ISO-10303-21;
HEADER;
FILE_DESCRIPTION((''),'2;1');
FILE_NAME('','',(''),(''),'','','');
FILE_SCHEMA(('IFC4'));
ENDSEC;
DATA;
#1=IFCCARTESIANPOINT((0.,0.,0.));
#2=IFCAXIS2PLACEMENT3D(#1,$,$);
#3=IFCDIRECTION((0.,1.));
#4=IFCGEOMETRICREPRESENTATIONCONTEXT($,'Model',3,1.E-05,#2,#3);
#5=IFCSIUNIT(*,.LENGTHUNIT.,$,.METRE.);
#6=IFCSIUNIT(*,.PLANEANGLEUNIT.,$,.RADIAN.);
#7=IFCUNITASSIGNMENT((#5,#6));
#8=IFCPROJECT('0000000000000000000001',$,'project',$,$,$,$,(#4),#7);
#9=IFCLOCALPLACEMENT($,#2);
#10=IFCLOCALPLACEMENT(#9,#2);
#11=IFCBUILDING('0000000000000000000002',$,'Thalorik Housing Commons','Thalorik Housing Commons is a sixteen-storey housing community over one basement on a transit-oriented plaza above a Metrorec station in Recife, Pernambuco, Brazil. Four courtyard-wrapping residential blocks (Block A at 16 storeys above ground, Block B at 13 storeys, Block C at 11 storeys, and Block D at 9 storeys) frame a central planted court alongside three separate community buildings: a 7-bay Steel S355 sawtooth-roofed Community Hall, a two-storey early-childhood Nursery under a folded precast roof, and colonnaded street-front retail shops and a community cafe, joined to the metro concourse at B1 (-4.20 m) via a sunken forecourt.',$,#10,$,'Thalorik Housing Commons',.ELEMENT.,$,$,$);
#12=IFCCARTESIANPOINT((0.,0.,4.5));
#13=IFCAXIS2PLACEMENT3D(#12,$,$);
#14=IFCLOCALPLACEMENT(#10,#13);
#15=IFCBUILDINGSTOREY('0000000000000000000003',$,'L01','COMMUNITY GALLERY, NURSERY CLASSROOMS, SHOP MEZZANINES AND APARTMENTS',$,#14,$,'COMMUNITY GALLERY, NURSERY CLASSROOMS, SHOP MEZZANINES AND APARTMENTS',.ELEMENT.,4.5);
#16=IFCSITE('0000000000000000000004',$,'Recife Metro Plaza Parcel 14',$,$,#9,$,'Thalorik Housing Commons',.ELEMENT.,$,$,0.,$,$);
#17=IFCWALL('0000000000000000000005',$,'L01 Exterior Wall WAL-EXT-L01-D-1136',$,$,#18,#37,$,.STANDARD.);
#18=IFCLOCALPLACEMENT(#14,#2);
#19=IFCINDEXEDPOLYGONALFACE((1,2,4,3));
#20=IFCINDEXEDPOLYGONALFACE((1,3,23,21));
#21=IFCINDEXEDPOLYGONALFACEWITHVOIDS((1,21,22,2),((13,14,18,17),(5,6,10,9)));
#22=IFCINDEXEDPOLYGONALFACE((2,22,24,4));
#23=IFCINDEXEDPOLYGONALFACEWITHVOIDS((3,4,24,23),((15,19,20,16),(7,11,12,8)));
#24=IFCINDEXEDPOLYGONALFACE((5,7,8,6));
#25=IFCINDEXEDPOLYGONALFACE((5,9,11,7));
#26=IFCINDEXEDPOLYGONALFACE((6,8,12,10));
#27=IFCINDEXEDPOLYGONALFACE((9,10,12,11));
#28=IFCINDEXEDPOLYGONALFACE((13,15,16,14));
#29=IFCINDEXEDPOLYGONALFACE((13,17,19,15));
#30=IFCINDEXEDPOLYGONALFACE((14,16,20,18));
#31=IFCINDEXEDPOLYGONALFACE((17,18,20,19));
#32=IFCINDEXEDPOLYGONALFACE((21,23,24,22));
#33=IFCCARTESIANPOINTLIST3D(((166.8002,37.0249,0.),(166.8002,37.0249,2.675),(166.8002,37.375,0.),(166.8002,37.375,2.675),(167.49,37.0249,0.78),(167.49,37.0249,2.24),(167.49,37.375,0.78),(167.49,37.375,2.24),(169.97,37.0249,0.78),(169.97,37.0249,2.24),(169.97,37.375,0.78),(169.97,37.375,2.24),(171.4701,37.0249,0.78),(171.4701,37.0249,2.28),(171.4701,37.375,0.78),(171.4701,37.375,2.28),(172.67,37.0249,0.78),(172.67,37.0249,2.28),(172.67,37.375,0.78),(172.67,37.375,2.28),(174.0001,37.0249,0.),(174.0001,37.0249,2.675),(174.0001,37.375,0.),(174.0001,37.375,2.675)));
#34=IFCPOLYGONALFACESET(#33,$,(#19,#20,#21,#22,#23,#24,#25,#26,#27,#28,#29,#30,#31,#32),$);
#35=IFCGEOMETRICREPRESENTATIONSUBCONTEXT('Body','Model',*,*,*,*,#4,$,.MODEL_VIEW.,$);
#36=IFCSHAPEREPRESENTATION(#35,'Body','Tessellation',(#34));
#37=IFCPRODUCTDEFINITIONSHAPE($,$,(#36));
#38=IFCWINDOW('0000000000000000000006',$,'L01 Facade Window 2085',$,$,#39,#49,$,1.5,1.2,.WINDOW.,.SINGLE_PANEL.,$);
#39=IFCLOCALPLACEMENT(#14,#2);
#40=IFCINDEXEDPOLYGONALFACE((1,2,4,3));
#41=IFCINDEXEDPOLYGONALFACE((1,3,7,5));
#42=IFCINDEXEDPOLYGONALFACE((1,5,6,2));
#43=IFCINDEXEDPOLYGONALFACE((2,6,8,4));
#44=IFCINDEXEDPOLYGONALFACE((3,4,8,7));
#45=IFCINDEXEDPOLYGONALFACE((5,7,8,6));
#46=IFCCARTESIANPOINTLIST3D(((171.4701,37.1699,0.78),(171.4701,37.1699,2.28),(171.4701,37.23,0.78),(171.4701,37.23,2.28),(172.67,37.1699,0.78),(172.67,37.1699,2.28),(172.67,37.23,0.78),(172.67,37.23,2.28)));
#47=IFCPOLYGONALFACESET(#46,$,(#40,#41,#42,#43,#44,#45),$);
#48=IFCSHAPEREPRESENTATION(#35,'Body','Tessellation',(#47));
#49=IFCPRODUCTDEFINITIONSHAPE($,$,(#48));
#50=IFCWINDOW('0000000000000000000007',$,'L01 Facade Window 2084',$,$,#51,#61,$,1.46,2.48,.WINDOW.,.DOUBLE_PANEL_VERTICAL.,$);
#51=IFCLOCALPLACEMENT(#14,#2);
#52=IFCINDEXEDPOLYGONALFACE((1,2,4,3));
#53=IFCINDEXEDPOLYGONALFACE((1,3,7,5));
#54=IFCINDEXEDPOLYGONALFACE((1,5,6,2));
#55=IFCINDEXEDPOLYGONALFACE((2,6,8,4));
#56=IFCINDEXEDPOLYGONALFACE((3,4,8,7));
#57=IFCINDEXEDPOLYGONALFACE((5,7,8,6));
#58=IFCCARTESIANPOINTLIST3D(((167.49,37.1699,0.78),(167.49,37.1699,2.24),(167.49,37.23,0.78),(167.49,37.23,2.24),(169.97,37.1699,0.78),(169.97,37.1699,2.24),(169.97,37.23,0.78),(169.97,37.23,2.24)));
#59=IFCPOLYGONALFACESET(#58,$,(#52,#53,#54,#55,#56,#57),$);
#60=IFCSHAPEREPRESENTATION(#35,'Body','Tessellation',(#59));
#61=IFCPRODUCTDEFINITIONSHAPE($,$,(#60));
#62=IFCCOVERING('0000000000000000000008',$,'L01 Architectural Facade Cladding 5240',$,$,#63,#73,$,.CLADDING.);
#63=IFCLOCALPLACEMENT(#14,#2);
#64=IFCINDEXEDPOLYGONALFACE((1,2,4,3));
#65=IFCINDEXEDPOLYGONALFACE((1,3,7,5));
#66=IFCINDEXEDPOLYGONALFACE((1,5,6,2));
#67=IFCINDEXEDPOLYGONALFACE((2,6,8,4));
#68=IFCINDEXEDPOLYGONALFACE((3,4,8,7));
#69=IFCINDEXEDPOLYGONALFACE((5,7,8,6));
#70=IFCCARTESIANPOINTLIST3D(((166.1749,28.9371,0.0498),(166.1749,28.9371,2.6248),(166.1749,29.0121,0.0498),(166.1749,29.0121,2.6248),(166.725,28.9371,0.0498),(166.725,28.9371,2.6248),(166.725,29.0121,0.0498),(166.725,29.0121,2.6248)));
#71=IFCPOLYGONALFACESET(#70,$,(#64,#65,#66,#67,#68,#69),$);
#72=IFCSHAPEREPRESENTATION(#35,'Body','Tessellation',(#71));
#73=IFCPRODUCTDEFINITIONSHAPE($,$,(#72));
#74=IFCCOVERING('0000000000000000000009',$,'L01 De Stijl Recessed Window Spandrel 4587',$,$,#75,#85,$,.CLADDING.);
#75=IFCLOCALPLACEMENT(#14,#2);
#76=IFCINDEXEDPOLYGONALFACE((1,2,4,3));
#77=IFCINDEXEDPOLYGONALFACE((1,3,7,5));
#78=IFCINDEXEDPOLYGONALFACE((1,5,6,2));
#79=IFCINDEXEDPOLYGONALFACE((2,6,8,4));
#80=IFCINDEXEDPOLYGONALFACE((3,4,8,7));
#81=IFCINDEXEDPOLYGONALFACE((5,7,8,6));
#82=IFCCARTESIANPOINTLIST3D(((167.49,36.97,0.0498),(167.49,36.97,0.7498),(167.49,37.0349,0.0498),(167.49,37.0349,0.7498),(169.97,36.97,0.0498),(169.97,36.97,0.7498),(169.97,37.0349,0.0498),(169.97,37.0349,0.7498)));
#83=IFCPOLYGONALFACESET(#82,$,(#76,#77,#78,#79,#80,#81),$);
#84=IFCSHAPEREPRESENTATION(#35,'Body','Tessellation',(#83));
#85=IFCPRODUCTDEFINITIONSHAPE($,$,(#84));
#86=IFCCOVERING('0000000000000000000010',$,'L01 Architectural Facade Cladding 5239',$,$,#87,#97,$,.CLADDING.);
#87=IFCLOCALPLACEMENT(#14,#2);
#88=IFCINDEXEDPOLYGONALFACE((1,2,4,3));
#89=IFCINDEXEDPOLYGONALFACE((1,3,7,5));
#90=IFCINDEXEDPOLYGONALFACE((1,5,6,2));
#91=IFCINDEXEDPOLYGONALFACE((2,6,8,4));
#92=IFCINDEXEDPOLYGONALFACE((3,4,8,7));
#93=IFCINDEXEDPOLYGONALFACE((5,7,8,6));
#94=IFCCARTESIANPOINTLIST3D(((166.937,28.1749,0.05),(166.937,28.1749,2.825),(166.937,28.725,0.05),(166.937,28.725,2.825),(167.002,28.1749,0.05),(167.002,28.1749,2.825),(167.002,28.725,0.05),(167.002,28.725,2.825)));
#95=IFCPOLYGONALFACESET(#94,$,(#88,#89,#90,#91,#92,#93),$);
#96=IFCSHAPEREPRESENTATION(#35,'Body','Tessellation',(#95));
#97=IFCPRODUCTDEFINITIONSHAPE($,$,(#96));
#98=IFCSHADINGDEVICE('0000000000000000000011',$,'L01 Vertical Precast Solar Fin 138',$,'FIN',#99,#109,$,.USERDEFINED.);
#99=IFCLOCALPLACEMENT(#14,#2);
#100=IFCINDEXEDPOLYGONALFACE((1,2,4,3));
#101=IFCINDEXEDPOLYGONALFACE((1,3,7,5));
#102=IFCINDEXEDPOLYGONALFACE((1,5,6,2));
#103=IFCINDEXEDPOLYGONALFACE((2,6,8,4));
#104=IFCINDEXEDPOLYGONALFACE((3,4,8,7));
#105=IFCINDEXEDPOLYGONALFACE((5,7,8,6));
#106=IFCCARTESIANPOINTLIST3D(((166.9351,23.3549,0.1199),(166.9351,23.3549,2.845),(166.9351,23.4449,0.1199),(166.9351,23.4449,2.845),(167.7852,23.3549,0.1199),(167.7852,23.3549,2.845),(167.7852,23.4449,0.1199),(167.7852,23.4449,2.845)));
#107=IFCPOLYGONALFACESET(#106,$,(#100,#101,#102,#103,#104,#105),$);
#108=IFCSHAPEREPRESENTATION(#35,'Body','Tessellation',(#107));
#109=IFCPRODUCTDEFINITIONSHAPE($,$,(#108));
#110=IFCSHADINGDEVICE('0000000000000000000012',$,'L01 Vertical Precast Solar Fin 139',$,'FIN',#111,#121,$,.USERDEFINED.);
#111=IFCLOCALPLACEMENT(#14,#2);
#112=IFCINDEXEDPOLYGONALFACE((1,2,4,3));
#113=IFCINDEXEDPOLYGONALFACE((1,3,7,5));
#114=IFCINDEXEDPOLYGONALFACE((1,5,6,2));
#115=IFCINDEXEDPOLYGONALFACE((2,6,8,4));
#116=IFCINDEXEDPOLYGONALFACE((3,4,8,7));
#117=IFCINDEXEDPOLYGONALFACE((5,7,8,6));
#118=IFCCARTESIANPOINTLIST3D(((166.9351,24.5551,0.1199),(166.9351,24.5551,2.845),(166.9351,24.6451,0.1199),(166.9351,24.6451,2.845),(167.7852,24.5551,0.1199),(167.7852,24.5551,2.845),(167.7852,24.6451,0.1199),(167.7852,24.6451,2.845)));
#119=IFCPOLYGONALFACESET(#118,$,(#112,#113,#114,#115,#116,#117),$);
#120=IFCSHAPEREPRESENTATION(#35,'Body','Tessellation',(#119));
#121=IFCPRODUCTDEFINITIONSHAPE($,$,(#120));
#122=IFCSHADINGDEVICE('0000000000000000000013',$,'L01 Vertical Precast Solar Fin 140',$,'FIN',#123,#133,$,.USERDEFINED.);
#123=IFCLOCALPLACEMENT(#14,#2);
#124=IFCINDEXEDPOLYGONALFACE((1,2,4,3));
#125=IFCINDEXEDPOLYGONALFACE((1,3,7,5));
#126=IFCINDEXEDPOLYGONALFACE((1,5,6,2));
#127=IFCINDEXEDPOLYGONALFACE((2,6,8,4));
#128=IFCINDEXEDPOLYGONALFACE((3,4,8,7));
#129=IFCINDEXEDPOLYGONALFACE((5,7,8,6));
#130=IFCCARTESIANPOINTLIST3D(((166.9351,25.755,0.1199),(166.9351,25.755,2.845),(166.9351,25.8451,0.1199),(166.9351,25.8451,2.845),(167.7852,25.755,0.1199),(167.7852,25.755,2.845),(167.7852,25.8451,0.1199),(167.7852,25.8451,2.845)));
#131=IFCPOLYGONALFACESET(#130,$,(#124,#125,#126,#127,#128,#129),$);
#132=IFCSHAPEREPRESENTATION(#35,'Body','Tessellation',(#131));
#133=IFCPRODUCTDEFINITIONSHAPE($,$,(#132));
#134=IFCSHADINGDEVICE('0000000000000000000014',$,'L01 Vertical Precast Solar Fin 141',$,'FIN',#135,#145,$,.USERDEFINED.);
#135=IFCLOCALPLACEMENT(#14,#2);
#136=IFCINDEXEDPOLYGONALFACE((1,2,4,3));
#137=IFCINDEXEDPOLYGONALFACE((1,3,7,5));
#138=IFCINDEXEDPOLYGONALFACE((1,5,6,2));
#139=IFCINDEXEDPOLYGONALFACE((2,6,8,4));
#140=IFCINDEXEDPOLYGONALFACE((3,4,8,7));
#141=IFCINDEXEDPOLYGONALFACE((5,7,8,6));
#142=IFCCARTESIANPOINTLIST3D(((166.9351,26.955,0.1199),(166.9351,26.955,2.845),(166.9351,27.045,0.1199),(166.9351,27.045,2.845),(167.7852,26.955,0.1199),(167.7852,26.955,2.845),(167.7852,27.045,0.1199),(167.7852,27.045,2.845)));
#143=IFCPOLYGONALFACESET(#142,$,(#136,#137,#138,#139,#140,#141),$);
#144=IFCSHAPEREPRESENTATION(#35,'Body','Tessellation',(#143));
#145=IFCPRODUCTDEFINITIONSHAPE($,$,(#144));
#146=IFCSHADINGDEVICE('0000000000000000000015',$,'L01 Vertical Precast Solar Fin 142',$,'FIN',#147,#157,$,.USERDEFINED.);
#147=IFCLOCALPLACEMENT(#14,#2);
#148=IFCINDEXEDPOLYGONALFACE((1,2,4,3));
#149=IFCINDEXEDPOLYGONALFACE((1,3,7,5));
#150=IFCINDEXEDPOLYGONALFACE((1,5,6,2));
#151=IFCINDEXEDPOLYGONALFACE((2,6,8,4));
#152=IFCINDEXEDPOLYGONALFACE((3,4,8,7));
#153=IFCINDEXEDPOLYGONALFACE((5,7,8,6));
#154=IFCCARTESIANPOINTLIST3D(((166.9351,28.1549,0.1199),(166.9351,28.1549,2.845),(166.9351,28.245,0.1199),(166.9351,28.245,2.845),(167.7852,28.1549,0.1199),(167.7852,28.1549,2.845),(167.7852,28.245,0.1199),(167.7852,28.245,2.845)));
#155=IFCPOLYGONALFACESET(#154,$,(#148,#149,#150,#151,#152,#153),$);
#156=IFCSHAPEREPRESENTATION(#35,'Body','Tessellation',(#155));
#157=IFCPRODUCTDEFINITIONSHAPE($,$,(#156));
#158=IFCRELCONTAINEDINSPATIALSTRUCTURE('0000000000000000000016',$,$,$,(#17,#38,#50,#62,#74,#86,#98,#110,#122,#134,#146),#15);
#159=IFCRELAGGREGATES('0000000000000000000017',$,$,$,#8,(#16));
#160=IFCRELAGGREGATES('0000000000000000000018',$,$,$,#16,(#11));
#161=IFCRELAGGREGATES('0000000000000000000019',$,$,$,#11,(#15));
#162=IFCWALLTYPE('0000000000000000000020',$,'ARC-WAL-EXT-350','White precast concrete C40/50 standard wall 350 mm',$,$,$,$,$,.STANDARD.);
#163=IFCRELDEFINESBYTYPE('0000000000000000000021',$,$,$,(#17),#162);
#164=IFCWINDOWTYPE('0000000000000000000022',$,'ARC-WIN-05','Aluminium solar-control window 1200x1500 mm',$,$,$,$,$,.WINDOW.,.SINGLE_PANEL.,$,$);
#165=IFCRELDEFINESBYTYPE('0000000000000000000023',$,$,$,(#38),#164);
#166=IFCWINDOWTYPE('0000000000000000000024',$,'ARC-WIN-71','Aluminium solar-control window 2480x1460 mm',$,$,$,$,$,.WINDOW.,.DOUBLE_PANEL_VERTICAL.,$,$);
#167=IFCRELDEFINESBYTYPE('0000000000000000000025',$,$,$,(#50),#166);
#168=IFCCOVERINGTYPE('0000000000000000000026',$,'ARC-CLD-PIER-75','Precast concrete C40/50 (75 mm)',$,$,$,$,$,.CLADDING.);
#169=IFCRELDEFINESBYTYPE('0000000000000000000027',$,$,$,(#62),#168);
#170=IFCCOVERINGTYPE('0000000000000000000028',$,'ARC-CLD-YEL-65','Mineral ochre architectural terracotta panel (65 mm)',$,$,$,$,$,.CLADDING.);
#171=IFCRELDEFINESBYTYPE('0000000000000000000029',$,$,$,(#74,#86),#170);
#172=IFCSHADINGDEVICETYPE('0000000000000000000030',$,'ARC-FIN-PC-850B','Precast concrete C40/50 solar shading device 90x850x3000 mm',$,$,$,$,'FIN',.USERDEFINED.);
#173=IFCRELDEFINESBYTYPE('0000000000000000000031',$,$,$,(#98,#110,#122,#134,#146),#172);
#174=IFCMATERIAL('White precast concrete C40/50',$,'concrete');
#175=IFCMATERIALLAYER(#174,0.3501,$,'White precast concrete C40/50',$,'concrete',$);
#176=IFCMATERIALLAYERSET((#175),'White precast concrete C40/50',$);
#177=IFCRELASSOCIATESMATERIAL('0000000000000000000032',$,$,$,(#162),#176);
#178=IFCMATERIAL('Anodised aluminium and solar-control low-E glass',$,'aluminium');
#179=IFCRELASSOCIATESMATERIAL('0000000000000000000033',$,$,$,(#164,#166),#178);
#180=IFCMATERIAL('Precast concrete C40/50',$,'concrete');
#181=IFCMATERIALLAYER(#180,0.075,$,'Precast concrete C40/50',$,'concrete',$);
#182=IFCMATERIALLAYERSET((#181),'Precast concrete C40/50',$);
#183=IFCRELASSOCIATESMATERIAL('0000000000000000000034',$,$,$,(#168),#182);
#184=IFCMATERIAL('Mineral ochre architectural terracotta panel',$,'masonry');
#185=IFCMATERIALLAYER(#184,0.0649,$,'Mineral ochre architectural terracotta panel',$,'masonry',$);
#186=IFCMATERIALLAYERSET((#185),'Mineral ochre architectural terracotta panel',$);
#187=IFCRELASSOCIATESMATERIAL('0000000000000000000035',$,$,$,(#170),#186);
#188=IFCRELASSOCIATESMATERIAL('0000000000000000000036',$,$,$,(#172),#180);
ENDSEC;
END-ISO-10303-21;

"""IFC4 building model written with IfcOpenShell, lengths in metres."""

from ifc_helpers import new_model, si_unit, direction, frame, frame_2d, origin, origin_2d, place, context, subcontext, project, spatial, rectangle, extrude, material, layer, layer_set, type_object, element, fill, save


model = new_model("IFC4")

# Units and contexts
model_context = context("Model", 3, precision=1e-05, world=origin(), true_north=direction((0.0, 1.0)))
body_context = subcontext(model_context, "Body", "Model", "MODEL_VIEW")
ifc_project = project(units=[si_unit("LENGTHUNIT", "METRE"), si_unit("PLANEANGLEUNIT", "RADIAN")], contexts=[model_context])

# Site, building, storey
site_placement = place(None, origin())
site = spatial("IfcSite", under=ifc_project, at=site_placement, Name="Recife Metro Plaza Parcel 14", LongName="Thalorik Housing Commons", CompositionType="ELEMENT", RefElevation=0.0)
building_placement = place(site_placement, origin())
building = spatial("IfcBuilding", under=site, at=building_placement, Name="Thalorik Housing Commons", Description="Thalorik Housing Commons is a sixteen-storey housing community over one basement on a transit-oriented plaza above a Metrorec station in Recife, Pernambuco, Brazil. Four courtyard-wrapping residential blocks (Block A at 16 storeys above ground, Block B at 13 storeys, Block C at 11 storeys, and Block D at 9 storeys) frame a central planted court alongside three separate community buildings: a 7-bay Steel S355 sawtooth-roofed Community Hall, a two-storey early-childhood Nursery under a folded precast roof, and colonnaded street-front retail shops and a community cafe, joined to the metro concourse at B1 (-4.20 m) via a sunken forecourt.", LongName="Thalorik Housing Commons", CompositionType="ELEMENT")
storey_placement = place(building_placement, frame((0.0, 0.0, 4.5)))
storey = spatial("IfcBuildingStorey", under=building, at=storey_placement, Name="L01", Description="COMMUNITY GALLERY, NURSERY CLASSROOMS, SHOP MEZZANINES AND APARTMENTS", LongName="COMMUNITY GALLERY, NURSERY CLASSROOMS, SHOP MEZZANINES AND APARTMENTS", CompositionType="ELEMENT", Elevation=4.5)

# Shared definitions
ifc_material_1 = material(Name="Precast concrete C40/50", Category="concrete")

# Shared definitions
ifc_material_2 = material(Name="Anodised aluminium and solar-control low-E glass", Category="aluminium")

# Shared definitions
ifc_material_3 = material(Name="White precast concrete C40/50", Category="concrete")

# Shared definitions
ifc_layer_1 = layer(ifc_material_3, 0.3501, Name="White precast concrete C40/50", Category="concrete")
ifc_layer_set_1 = layer_set([ifc_layer_1], Name="White precast concrete C40/50")
wall_type_1 = type_object("IfcWallType", Name="ARC-WAL-EXT-350", Description="White precast concrete C40/50 standard wall 350 mm", PredefinedType="STANDARD", material=ifc_layer_set_1)

# Wall, openings, windows
wall_1_placement = place(storey_placement, frame((166.8, 37.2, 0.0), z_axis=(0.0, 0.0, 1.0), x_axis=(1.0, 0.0, 0.0)))
wall_1 = element("IfcWall", 1, at=wall_1_placement, inside=storey, type_object=wall_type_1, Name="L01 Exterior Wall WAL-EXT-L01-D-1136", PredefinedType="STANDARD", context=body_context, shape_type="SweptSolid", body=[
    extrude(rectangle(XDim=7.2, YDim=0.3501, at=frame_2d((3.6001, 0.0))), origin(), (0.0, 0.0, 1.0), 2.675),
])
opening_1_placement = place(wall_1_placement, frame((0.6899, 0.0, 0.78)))
opening_1 = element("IfcOpeningElement", 2, at=opening_1_placement, cuts=wall_1, PredefinedType="OPENING", context=body_context, shape_type="SweptSolid", body=[
    extrude(rectangle(XDim=2.48, YDim=1.46, at=frame_2d((1.24, 0.73))), frame((0.0, 0.1851, 0.0), z_axis=(0.0, -1.0, 0.0), x_axis=(1.0, 0.0, 0.0)), (0.0, 0.0, 1.0), 0.3701),
])
opening_2_placement = place(wall_1_placement, frame((4.6699, 0.0, 0.78)))
opening_2 = element("IfcOpeningElement", 3, at=opening_2_placement, cuts=wall_1, PredefinedType="OPENING", context=body_context, shape_type="SweptSolid", body=[
    extrude(rectangle(XDim=1.2, YDim=1.5, at=frame_2d((0.6001, 0.75))), frame((0.0, 0.1851, 0.0), z_axis=(0.0, -1.0, 0.0), x_axis=(1.0, 0.0, 0.0)), (0.0, 0.0, 1.0), 0.3701),
])
window_type_1 = type_object("IfcWindowType", Name="ARC-WIN-05", Description="Aluminium solar-control window 1200x1500 mm", PartitioningType="SINGLE_PANEL", PredefinedType="WINDOW", material=ifc_material_2)
window_1_placement = place(opening_2_placement, origin())
window_1 = element("IfcWindow", 4, at=window_1_placement, inside=storey, type_object=window_type_1, Name="L01 Facade Window 2085", OverallHeight=1.5, OverallWidth=1.2, PartitioningType="SINGLE_PANEL", PredefinedType="WINDOW", context=body_context, shape_type="SweptSolid", body=[
    extrude(rectangle(XDim=1.2, YDim=1.5, at=frame_2d((0.6001, 0.75))), frame((0.0, 0.03, 0.0), z_axis=(0.0, -1.0, 0.0), x_axis=(1.0, 0.0, 0.0)), (0.0, 0.0, 1.0), 0.0601),
])
fill(opening_2, window_1)
window_type_2 = type_object("IfcWindowType", Name="ARC-WIN-71", Description="Aluminium solar-control window 2480x1460 mm", PartitioningType="DOUBLE_PANEL_VERTICAL", PredefinedType="WINDOW", material=ifc_material_2)
window_2_placement = place(opening_1_placement, origin())
window_2 = element("IfcWindow", 5, at=window_2_placement, inside=storey, type_object=window_type_2, Name="L01 Facade Window 2084", OverallHeight=1.46, OverallWidth=2.48, PartitioningType="DOUBLE_PANEL_VERTICAL", PredefinedType="WINDOW", context=body_context, shape_type="SweptSolid", body=[
    extrude(rectangle(XDim=2.48, YDim=1.46, at=frame_2d((1.24, 0.73))), frame((0.0, 0.03, 0.0), z_axis=(0.0, -1.0, 0.0), x_axis=(1.0, 0.0, 0.0)), (0.0, 0.0, 1.0), 0.0601),
])
fill(opening_1, window_2)

# Coverings
ifc_layer_2 = layer(ifc_material_1, 0.075, Name="Precast concrete C40/50", Category="concrete")
ifc_layer_set_2 = layer_set([ifc_layer_2], Name="Precast concrete C40/50")
covering_type_1 = type_object("IfcCoveringType", Name="ARC-CLD-PIER-75", Description="Precast concrete C40/50 (75 mm)", PredefinedType="CLADDING", material=ifc_layer_set_2)
covering_1_placement = place(storey_placement, frame((166.45, 28.9746, 0.0498), z_axis=(0.0, 0.0, 1.0), x_axis=(-1.0, 0.0, 0.0)))
element("IfcCovering", 6, at=covering_1_placement, inside=storey, type_object=covering_type_1, Name="L01 Architectural Facade Cladding 5240", PredefinedType="CLADDING", context=body_context, shape_type="SweptSolid", body=[
    extrude(rectangle(XDim=0.55, YDim=0.075, at=origin_2d()), origin(), (0.0, 0.0, 1.0), 2.575),
])
ifc_material_4 = material(Name="Mineral ochre architectural terracotta panel", Category="masonry")
ifc_layer_3 = layer(ifc_material_4, 0.0649, Name="Mineral ochre architectural terracotta panel", Category="masonry")
ifc_layer_set_3 = layer_set([ifc_layer_3], Name="Mineral ochre architectural terracotta panel")
covering_type_2 = type_object("IfcCoveringType", Name="ARC-CLD-YEL-65", Description="Mineral ochre architectural terracotta panel (65 mm)", PredefinedType="CLADDING", material=ifc_layer_set_3)
covering_2_placement = place(storey_placement, frame((168.73, 37.0024, 0.0498), z_axis=(0.0, 0.0, 1.0), x_axis=(1.0, 0.0, 0.0)))
element("IfcCovering", 7, at=covering_2_placement, inside=storey, type_object=covering_type_2, Name="L01 De Stijl Recessed Window Spandrel 4587", PredefinedType="CLADDING", context=body_context, shape_type="SweptSolid", body=[
    extrude(rectangle(XDim=2.48, YDim=0.0649, at=origin_2d()), origin(), (0.0, 0.0, 1.0), 0.7),
])
covering_3_placement = place(storey_placement, frame((166.9695, 28.45, 0.05), z_axis=(0.0, 0.0, 1.0), x_axis=(0.0, 1.0, 0.0)))
element("IfcCovering", 8, at=covering_3_placement, inside=storey, type_object=covering_type_2, Name="L01 Architectural Facade Cladding 5239", PredefinedType="CLADDING", context=body_context, shape_type="SweptSolid", body=[
    extrude(rectangle(XDim=0.55, YDim=0.0649, at=origin_2d()), origin(), (0.0, 0.0, 1.0), 2.7749),
])

# Shading devices
shading_device_type = type_object("IfcShadingDeviceType", Name="ARC-FIN-PC-850B", Description="Precast concrete C40/50 solar shading device 90x850x3000 mm", ElementType="FIN", PredefinedType="USERDEFINED", material=ifc_material_1)
for number, where, z_axis, x_axis, name in (
    (9, (167.3601, 23.3999, 0.1199), (0.0, 0.0, 1.0), (0.0, 1.0, 0.0), "L01 Vertical Precast Solar Fin 138"),
    (10, (167.3601, 24.6001, 0.1199), (0.0, 0.0, 1.0), (0.0, 1.0, 0.0), "L01 Vertical Precast Solar Fin 139"),
    (11, (167.3601, 25.8, 0.1199), (0.0, 0.0, 1.0), (0.0, 1.0, 0.0), "L01 Vertical Precast Solar Fin 140"),
    (12, (167.3601, 27.0, 0.1199), (0.0, 0.0, 1.0), (0.0, 1.0, 0.0), "L01 Vertical Precast Solar Fin 141"),
    (13, (167.3601, 28.2, 0.1199), (0.0, 0.0, 1.0), (0.0, 1.0, 0.0), "L01 Vertical Precast Solar Fin 142"),
):
    element("IfcShadingDevice", number, at=place(storey_placement, frame(where, z_axis=z_axis, x_axis=x_axis)), inside=storey, type_object=shading_device_type, Name=name, ObjectType="FIN", PredefinedType="USERDEFINED", context=body_context, shape_type="SweptSolid", body=[
        extrude(rectangle(XDim=0.0901, YDim=0.8501, at=origin_2d()), origin(), (0.0, 0.0, 1.0), 2.7251),
    ])

save(model, "model.ifc")
